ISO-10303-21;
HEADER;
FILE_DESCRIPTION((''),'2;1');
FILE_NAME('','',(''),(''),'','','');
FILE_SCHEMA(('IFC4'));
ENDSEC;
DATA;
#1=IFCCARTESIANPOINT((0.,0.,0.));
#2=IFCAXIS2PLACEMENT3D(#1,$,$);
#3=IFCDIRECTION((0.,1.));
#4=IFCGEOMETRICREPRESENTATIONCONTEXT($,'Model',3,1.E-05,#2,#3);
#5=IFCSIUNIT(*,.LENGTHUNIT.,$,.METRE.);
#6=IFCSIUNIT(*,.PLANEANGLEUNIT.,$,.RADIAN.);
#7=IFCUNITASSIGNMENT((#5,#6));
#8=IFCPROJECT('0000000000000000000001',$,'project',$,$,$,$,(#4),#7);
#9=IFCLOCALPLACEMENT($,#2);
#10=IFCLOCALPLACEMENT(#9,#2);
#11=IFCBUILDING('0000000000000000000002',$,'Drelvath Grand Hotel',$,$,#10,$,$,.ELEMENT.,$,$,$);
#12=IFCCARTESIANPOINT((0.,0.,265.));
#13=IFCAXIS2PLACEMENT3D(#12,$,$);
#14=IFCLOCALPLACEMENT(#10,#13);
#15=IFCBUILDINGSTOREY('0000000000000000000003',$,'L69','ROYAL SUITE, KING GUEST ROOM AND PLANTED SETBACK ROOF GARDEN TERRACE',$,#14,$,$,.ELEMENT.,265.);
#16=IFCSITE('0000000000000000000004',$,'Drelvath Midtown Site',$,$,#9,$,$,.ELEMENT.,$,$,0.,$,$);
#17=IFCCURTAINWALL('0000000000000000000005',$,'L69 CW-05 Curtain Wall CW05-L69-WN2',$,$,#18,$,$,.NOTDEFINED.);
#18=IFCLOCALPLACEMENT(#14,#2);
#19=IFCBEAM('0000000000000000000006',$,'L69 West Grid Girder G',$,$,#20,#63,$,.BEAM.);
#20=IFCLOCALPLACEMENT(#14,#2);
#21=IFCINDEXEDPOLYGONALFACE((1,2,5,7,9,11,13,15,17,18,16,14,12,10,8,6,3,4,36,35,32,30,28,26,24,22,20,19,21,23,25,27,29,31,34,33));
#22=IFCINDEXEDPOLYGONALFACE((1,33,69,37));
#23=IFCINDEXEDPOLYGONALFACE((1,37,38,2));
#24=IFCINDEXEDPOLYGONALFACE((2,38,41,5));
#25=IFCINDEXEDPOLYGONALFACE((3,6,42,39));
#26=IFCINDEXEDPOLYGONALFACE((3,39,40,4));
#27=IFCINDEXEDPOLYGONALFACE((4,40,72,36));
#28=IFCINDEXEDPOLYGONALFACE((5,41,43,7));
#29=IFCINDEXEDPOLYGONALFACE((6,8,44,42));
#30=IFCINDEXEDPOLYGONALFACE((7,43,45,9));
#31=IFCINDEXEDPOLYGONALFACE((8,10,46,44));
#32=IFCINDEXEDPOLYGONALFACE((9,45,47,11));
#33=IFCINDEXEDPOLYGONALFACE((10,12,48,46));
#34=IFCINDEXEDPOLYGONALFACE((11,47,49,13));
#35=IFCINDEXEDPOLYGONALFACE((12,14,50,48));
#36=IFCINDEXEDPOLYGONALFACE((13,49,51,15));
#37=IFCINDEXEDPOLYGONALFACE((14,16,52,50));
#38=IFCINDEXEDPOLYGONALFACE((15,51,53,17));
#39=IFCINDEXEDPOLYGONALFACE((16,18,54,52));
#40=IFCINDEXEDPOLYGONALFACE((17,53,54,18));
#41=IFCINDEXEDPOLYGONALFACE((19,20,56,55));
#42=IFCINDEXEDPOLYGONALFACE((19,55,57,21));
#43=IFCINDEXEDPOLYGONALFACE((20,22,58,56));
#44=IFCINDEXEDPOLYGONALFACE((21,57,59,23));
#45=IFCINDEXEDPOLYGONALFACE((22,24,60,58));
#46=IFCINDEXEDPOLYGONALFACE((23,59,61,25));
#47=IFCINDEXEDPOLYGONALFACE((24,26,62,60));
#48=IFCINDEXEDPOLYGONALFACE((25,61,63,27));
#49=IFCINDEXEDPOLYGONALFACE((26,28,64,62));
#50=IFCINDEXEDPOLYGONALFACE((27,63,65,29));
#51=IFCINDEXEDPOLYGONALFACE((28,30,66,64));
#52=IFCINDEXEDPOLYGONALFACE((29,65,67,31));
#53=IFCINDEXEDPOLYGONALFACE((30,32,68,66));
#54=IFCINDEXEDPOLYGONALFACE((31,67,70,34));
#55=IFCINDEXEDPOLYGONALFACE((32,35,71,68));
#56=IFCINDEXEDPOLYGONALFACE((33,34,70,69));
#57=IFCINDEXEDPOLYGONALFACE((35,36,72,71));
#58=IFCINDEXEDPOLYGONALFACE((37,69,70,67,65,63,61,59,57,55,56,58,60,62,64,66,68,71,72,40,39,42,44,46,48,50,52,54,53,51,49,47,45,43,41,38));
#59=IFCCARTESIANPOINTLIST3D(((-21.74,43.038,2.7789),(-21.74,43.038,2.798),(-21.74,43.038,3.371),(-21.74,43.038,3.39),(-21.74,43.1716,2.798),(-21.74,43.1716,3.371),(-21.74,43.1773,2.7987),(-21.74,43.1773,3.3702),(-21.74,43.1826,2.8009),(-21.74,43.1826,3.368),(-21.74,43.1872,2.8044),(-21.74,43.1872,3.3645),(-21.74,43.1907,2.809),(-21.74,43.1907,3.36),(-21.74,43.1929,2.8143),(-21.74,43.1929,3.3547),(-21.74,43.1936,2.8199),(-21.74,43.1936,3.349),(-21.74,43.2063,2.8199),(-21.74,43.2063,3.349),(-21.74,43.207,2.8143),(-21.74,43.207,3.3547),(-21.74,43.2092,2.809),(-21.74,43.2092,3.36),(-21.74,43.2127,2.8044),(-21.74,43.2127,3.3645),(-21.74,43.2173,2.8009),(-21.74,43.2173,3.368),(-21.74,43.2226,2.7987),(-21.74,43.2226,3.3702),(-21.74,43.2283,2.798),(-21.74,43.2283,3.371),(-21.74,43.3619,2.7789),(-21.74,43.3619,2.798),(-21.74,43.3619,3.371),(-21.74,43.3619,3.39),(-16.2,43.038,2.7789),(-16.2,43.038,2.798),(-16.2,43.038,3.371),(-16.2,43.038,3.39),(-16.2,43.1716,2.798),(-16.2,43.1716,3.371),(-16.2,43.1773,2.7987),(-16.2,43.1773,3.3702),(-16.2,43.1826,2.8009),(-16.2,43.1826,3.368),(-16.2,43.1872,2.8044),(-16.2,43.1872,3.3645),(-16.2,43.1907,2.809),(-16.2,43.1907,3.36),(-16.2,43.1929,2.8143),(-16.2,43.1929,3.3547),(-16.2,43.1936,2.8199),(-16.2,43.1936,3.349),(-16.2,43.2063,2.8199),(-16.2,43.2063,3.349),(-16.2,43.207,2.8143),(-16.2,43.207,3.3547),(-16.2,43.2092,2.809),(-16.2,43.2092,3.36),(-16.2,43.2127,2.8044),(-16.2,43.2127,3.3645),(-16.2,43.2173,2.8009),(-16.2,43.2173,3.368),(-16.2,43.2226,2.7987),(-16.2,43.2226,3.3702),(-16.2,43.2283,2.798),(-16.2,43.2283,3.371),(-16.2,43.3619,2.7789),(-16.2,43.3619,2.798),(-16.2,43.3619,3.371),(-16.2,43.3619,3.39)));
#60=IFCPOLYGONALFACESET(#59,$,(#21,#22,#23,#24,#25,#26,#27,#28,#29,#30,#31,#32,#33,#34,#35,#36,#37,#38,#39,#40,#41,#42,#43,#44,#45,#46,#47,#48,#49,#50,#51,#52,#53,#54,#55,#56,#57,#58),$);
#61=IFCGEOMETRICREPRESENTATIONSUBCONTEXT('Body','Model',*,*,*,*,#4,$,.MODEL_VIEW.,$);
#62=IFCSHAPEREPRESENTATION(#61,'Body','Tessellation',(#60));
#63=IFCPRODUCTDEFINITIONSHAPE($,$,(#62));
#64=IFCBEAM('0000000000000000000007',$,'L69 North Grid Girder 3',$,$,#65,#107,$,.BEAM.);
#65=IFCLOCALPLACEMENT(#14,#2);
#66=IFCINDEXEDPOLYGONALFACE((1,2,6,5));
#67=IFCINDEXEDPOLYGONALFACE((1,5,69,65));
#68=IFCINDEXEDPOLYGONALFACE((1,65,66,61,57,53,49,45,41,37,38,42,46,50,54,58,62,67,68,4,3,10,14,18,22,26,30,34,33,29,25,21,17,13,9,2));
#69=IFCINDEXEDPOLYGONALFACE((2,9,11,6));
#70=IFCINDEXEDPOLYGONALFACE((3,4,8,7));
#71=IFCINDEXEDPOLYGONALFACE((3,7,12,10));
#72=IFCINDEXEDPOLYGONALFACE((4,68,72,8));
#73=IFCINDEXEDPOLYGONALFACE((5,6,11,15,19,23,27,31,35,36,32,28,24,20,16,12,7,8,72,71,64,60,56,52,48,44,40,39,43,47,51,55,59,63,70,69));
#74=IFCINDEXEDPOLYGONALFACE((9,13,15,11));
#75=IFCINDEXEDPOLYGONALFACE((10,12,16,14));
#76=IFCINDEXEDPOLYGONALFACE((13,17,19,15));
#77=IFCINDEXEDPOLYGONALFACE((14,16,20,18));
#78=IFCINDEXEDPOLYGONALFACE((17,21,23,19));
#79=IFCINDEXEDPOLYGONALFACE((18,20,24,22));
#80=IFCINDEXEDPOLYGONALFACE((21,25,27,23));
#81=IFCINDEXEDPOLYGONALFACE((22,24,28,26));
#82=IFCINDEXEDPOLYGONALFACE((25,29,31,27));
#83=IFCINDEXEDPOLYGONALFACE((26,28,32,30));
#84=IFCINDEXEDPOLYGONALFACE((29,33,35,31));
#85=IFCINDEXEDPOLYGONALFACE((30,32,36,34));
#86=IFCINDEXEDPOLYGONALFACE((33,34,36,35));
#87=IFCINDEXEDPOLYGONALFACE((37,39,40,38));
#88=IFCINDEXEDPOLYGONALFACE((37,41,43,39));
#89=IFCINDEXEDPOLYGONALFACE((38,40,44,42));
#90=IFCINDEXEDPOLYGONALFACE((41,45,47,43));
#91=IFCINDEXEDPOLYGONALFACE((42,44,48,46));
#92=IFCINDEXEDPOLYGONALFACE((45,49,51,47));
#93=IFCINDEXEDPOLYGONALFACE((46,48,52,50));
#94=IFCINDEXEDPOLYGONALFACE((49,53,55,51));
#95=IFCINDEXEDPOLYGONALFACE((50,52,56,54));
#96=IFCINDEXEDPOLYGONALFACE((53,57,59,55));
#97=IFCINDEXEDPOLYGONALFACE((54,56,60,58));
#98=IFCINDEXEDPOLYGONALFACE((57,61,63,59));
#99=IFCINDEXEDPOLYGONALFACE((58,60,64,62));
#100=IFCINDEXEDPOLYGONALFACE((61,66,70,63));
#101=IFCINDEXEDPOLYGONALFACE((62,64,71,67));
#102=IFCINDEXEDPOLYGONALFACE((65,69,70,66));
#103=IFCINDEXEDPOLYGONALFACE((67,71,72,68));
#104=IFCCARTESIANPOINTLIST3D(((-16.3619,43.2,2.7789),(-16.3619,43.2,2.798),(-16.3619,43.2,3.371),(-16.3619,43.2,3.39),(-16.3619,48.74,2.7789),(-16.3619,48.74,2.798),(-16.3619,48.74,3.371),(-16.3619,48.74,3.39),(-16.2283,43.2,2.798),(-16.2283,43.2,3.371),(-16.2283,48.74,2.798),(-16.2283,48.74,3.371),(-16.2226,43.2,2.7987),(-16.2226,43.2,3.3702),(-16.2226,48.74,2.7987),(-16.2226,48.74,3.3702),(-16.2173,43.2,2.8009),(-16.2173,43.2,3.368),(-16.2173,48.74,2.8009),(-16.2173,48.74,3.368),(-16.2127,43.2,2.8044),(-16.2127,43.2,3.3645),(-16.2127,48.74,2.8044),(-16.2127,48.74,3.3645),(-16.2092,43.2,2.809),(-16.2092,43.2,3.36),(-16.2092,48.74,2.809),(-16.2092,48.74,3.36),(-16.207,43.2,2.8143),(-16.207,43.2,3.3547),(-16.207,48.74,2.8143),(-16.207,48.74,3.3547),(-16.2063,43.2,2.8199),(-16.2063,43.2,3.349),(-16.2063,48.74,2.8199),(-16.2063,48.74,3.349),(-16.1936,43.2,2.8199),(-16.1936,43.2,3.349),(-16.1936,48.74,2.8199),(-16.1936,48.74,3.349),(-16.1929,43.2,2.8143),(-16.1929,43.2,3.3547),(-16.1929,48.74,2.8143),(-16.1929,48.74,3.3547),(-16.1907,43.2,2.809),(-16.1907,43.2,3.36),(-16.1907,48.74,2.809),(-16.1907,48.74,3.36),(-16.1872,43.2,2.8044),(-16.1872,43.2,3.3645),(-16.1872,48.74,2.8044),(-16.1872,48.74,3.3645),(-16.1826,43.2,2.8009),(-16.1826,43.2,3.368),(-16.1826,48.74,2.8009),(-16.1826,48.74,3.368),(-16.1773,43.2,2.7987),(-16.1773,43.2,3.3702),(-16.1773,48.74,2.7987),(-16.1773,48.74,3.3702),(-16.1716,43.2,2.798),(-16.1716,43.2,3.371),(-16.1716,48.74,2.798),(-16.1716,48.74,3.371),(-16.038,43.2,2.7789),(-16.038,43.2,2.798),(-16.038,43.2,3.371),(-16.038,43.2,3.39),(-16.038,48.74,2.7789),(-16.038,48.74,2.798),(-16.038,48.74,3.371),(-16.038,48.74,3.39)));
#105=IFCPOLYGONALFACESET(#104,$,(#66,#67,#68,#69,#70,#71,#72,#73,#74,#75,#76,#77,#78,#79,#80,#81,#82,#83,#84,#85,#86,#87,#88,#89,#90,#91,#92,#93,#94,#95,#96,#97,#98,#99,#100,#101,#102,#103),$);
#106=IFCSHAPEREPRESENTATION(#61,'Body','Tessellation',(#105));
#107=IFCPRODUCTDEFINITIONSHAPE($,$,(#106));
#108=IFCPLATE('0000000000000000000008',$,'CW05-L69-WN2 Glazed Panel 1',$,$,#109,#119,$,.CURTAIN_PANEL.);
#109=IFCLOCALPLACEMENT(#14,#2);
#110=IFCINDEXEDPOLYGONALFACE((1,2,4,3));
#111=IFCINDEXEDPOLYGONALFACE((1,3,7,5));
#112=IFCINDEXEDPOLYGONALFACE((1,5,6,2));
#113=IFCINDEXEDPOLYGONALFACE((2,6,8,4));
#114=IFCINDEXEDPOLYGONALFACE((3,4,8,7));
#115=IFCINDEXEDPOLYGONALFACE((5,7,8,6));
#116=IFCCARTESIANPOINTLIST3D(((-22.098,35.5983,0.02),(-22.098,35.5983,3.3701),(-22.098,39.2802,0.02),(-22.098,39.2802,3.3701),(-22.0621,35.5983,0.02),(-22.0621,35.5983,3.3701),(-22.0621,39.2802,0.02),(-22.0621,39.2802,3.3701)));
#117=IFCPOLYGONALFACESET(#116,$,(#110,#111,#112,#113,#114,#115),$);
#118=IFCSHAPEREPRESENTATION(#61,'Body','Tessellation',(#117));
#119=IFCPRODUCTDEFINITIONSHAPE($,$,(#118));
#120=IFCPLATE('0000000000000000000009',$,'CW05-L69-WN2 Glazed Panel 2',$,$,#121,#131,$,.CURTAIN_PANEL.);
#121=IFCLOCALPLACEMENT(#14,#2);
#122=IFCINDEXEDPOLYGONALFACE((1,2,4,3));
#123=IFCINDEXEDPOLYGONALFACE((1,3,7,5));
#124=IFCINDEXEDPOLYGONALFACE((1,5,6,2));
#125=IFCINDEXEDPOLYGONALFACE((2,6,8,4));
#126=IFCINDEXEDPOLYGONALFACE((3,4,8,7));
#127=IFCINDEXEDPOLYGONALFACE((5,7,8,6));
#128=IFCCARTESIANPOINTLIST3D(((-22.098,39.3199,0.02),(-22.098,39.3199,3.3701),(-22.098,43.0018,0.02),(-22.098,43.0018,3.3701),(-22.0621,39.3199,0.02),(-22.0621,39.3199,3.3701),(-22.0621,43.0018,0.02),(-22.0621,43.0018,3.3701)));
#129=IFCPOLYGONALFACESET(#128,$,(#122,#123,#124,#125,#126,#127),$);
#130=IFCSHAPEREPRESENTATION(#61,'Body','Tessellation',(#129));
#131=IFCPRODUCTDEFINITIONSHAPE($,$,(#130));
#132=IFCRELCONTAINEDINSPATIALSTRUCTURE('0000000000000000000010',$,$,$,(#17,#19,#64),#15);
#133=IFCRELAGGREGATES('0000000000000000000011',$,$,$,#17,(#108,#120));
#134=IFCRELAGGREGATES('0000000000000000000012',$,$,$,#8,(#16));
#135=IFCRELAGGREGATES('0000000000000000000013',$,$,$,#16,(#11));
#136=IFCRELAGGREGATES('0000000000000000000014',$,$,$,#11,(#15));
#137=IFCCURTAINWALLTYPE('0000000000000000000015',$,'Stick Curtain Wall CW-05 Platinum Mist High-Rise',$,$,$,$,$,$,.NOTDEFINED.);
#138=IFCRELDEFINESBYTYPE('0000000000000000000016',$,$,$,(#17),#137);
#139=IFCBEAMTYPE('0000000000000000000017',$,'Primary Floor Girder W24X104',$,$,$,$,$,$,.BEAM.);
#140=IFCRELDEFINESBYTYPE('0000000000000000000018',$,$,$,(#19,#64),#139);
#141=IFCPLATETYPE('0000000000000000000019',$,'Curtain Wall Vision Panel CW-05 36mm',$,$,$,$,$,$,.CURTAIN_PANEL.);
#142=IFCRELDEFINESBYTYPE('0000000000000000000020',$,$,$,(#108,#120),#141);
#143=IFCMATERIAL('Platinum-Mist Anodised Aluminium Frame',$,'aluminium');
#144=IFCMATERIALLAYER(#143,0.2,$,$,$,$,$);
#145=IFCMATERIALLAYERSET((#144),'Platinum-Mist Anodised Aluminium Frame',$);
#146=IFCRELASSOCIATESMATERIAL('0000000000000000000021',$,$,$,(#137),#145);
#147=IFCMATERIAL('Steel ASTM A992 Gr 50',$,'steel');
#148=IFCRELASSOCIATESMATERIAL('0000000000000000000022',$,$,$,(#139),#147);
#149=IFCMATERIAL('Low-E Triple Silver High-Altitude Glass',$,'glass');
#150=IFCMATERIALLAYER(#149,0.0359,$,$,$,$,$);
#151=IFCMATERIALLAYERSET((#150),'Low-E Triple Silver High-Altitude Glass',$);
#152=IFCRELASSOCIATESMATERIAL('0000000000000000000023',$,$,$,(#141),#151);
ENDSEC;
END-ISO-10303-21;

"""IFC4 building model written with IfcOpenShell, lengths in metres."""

from ifc_helpers import new_model, si_unit, direction, frame, origin, origin_2d, place, context, subcontext, project, spatial, rectangle, i_section, extrude, material, layer, layer_set, material_profile, profile_set, type_object, element, aggregate, save


model = new_model("IFC4")

# Units and contexts
model_context = context("Model", 3, precision=1e-05, world=origin(), true_north=direction((0.0, 1.0)))
body_context = subcontext(model_context, "Body", "Model", "MODEL_VIEW")
ifc_project = project(units=[si_unit("LENGTHUNIT", "METRE"), si_unit("PLANEANGLEUNIT", "RADIAN")], contexts=[model_context])

# Site, building, storey
site_placement = place(None, origin())
site = spatial("IfcSite", under=ifc_project, at=site_placement, Name="Drelvath Midtown Site", CompositionType="ELEMENT", RefElevation=0.0)
building_placement = place(site_placement, origin())
building = spatial("IfcBuilding", under=site, at=building_placement, Name="Drelvath Grand Hotel", CompositionType="ELEMENT")
storey_placement = place(building_placement, frame((0.0, 0.0, 265.0)))
storey = spatial("IfcBuildingStorey", under=building, at=storey_placement, Name="L69", Description="ROYAL SUITE, KING GUEST ROOM AND PLANTED SETBACK ROOF GARDEN TERRACE", CompositionType="ELEMENT", Elevation=265.0)

# Shared definitions
ifc_material_1 = material(Name="Steel ASTM A992 Gr 50", Category="steel")

# Curtain wall
ifc_material_2 = material(Name="Platinum-Mist Anodised Aluminium Frame", Category="aluminium")
ifc_layer_1 = layer(ifc_material_2, 0.2)
ifc_layer_set_1 = layer_set([ifc_layer_1], Name="Platinum-Mist Anodised Aluminium Frame")
curtain_wall_type = type_object("IfcCurtainWallType", Name="Stick Curtain Wall CW-05 Platinum Mist High-Rise", PredefinedType="NOTDEFINED", material=ifc_layer_set_1)
curtain_wall_1_placement = place(storey_placement, origin())
curtain_wall_1 = element("IfcCurtainWall", 1, at=curtain_wall_1_placement, inside=storey, type_object=curtain_wall_type, Name="L69 CW-05 Curtain Wall CW05-L69-WN2", PredefinedType="NOTDEFINED")

# Beams
ifc_material_profile_1 = material_profile(ifc_material_1, i_section(OverallWidth=0.324, OverallDepth=0.6111, WebThickness=0.0127, FlangeThickness=0.019, FilletRadius=0.022, at=origin_2d()), Name="W24X104")
ifc_profile_set_1 = profile_set([ifc_material_profile_1], Name="Steel ASTM A992 Gr 50")
beam_type_1 = type_object("IfcBeamType", Name="Primary Floor Girder W24X104", PredefinedType="BEAM", material=ifc_profile_set_1)
for number, where, z_axis, x_axis, name in (
    (2, (-21.74, 43.2, 3.0845), (1.0, 0.0, 0.0), (0.0, 1.0, 0.0), "L69 West Grid Girder G"),
    (3, (-16.2, 43.2, 3.0845), (0.0, 1.0, 0.0), (-1.0, 0.0, 0.0), "L69 North Grid Girder 3"),
):
    element("IfcBeam", number, at=place(storey_placement, frame(where, z_axis=z_axis, x_axis=x_axis)), inside=storey, type_object=beam_type_1, Name=name, PredefinedType="BEAM", context=body_context, shape_type="SweptSolid", body=[
        extrude(i_section(OverallWidth=0.324, OverallDepth=0.6111, WebThickness=0.0127, FlangeThickness=0.019, FilletRadius=0.022, at=origin_2d()), origin(), (0.0, 0.0, 1.0), 5.54),
    ])

# Plates
ifc_material_3 = material(Name="Low-E Triple Silver High-Altitude Glass", Category="glass")
ifc_layer_2 = layer(ifc_material_3, 0.0359)
ifc_layer_set_2 = layer_set([ifc_layer_2], Name="Low-E Triple Silver High-Altitude Glass")
plate_type = type_object("IfcPlateType", Name="Curtain Wall Vision Panel CW-05 36mm", PredefinedType="CURTAIN_PANEL", material=ifc_layer_set_2)
plate_1_placement = place(storey_placement, frame((-22.0801, 37.4392, 0.02), z_axis=(0.0, 0.0, 1.0), x_axis=(0.0, 1.0, 0.0)))
plate_1 = element("IfcPlate", 4, at=plate_1_placement, type_object=plate_type, Name="CW05-L69-WN2 Glazed Panel 1", PredefinedType="CURTAIN_PANEL", context=body_context, shape_type="SweptSolid", body=[
    extrude(rectangle(XDim=3.6819, YDim=0.0359, at=origin_2d()), origin(), (0.0, 0.0, 1.0), 3.3501),
])
plate_2_placement = place(storey_placement, frame((-22.0801, 41.1609, 0.02), z_axis=(0.0, 0.0, 1.0), x_axis=(0.0, 1.0, 0.0)))
plate_2 = element("IfcPlate", 5, at=plate_2_placement, type_object=plate_type, Name="CW05-L69-WN2 Glazed Panel 2", PredefinedType="CURTAIN_PANEL", context=body_context, shape_type="SweptSolid", body=[
    extrude(rectangle(XDim=3.6819, YDim=0.0359, at=origin_2d()), origin(), (0.0, 0.0, 1.0), 3.3501),
])
aggregate(curtain_wall_1, [plate_1, plate_2])

save(model, "model.ifc")
